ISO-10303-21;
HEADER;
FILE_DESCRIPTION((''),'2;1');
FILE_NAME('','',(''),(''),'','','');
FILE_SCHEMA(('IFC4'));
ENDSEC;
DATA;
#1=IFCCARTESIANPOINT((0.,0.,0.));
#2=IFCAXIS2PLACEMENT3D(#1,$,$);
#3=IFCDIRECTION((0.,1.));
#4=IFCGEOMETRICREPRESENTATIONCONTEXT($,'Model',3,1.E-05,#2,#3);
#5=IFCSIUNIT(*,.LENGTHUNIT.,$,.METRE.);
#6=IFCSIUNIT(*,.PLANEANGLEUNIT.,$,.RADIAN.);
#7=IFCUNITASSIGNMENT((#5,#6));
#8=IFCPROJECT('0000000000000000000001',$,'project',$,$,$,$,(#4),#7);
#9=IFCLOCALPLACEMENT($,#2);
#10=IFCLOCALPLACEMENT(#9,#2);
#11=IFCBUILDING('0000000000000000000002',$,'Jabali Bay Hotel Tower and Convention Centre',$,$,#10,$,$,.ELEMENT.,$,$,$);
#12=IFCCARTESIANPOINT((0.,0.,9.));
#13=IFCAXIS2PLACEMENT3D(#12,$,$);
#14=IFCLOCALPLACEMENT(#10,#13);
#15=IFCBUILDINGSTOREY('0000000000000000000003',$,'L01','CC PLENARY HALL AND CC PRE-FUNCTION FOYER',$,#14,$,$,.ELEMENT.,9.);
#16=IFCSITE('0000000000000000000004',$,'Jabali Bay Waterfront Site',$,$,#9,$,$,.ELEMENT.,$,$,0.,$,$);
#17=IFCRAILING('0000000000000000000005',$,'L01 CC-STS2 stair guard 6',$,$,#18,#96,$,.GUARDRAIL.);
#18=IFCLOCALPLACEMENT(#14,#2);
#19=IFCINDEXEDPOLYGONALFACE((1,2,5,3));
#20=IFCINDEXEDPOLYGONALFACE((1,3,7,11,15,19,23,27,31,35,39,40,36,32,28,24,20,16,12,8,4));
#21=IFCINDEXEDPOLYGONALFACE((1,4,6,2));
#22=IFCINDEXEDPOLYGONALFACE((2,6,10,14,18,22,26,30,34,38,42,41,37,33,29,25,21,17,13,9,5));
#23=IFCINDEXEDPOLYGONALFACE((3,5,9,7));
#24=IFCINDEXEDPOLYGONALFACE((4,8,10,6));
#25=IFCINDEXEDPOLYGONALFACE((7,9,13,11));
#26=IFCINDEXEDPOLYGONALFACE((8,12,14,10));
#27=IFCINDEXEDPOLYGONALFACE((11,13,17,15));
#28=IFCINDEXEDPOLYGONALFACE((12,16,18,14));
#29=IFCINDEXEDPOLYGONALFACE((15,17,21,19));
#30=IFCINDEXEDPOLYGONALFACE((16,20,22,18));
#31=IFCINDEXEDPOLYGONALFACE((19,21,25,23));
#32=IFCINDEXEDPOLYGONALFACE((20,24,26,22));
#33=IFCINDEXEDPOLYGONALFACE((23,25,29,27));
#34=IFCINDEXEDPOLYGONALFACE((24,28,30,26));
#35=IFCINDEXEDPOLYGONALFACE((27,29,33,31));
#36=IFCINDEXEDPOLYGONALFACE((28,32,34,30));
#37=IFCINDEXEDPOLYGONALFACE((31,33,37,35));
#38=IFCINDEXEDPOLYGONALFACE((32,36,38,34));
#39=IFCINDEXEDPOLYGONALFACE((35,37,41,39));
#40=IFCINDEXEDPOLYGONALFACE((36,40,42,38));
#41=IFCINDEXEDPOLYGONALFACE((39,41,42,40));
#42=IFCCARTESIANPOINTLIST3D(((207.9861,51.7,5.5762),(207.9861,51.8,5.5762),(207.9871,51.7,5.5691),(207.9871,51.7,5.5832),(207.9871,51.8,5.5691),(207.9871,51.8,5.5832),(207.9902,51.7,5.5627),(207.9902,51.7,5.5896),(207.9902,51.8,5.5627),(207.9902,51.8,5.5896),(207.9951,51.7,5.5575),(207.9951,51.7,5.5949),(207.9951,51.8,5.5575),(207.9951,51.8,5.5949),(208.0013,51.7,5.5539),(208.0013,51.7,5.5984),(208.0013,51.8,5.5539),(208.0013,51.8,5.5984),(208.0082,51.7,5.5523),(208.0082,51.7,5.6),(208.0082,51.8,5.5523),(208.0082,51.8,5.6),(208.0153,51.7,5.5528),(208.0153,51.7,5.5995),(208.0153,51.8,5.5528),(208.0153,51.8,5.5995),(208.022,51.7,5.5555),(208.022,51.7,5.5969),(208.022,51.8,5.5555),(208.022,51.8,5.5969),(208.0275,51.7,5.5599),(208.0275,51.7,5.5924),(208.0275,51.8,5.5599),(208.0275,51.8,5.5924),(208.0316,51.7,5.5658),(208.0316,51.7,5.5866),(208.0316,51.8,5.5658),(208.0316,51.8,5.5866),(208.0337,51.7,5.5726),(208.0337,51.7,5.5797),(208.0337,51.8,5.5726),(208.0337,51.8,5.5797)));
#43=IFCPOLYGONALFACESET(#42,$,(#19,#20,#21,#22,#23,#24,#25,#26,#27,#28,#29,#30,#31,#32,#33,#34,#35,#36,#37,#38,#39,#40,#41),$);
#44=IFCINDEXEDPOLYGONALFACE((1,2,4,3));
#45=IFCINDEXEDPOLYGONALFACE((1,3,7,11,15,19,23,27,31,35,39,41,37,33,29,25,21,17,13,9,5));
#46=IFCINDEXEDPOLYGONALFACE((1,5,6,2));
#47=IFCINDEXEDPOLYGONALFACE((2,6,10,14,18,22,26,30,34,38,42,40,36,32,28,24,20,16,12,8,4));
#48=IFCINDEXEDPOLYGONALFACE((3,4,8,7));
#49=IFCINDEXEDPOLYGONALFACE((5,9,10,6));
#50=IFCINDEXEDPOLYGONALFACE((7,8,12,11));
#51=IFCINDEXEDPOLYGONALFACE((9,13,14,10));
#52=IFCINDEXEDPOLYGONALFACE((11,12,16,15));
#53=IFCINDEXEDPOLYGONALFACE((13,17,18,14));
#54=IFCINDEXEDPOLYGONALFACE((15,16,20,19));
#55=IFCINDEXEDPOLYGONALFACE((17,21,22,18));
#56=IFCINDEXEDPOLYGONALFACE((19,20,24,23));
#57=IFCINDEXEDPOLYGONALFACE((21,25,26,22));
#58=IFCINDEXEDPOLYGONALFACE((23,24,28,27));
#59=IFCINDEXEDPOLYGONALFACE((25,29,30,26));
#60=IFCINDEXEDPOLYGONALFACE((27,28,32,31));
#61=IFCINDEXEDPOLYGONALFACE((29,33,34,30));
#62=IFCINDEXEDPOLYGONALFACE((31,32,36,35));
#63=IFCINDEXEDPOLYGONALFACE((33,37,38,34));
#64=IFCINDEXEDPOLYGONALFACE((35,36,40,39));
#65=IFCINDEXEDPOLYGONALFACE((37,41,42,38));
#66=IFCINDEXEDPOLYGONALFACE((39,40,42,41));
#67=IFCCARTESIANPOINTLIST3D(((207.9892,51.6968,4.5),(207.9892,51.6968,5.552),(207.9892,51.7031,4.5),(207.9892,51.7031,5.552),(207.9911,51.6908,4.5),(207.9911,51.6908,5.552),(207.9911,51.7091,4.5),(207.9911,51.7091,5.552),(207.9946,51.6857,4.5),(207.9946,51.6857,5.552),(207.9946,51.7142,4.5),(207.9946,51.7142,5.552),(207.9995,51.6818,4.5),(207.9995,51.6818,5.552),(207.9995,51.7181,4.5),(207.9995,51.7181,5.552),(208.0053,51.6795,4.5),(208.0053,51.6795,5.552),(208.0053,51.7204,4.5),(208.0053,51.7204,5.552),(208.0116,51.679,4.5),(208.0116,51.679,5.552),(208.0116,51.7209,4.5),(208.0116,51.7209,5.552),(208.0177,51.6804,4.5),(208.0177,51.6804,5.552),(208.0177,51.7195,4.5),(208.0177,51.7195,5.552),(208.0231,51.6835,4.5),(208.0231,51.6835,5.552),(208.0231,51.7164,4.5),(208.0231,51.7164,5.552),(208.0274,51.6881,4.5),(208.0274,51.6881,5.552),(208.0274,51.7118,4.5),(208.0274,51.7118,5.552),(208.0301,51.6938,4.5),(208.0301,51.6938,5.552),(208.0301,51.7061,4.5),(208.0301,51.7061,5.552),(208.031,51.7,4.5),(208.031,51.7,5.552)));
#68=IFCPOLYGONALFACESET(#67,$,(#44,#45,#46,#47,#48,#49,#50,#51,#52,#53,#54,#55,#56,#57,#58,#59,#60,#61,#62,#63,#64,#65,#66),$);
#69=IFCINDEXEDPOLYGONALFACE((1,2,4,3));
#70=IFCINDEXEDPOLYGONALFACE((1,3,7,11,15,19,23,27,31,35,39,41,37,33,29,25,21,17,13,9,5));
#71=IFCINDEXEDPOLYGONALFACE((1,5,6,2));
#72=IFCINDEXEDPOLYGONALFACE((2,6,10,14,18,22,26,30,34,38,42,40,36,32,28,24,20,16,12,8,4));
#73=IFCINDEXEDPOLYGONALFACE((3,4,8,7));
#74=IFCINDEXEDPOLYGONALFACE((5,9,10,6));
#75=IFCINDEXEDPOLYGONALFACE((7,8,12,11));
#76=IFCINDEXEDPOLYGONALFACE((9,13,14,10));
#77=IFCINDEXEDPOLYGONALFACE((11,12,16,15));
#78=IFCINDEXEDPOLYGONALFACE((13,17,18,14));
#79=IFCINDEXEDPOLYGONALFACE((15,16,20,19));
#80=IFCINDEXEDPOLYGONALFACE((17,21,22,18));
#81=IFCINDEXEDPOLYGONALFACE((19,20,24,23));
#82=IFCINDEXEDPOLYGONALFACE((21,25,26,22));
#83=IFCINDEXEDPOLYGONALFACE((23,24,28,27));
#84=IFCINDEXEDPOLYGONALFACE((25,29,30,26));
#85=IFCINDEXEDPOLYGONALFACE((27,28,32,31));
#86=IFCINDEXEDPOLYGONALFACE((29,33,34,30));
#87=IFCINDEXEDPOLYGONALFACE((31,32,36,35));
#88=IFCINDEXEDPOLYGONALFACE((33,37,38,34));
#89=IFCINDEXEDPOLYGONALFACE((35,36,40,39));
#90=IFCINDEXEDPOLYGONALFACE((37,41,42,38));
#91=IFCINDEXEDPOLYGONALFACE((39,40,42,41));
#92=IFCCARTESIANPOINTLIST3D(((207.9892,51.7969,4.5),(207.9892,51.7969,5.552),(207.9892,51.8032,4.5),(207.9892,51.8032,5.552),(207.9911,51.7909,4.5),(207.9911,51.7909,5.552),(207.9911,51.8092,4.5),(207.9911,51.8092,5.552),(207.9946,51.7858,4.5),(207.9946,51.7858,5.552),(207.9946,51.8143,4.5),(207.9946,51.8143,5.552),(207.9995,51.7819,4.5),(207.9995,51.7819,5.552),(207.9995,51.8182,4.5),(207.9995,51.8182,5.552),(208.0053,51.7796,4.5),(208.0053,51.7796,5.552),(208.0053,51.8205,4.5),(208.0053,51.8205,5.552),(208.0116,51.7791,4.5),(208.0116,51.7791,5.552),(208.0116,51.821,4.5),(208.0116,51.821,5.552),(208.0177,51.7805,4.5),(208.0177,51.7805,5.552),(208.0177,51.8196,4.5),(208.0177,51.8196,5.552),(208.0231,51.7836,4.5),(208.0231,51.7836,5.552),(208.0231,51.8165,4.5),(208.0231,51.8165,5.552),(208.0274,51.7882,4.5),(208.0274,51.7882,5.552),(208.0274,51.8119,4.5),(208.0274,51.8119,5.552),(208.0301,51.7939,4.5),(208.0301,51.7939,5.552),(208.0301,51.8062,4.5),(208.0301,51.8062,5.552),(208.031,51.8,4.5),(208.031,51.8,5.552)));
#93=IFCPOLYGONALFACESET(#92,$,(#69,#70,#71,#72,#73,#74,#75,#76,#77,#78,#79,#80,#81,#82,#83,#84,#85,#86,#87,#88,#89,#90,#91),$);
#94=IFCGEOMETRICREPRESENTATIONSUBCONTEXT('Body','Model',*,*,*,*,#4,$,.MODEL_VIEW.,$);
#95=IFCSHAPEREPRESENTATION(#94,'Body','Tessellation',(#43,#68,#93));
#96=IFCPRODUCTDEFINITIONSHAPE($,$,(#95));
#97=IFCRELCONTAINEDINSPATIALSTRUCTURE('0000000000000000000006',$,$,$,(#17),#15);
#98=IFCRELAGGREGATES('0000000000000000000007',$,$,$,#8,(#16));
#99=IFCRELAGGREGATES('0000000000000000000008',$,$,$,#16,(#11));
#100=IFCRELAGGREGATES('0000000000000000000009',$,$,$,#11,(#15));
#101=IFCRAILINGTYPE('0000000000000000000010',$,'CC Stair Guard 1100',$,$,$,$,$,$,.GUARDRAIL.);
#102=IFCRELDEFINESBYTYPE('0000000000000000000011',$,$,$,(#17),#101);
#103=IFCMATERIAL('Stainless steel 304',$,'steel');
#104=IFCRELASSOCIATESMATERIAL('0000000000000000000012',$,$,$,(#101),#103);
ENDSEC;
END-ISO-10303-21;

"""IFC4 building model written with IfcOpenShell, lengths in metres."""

from ifc_helpers import new_model, si_unit, direction, frame, origin, origin_2d, place, context, subcontext, project, spatial, circle, extrude, material, type_object, element, save


model = new_model("IFC4")

# Units and contexts
model_context = context("Model", 3, precision=1e-05, world=origin(), true_north=direction((0.0, 1.0)))
body_context = subcontext(model_context, "Body", "Model", "MODEL_VIEW")
ifc_project = project(units=[si_unit("LENGTHUNIT", "METRE"), si_unit("PLANEANGLEUNIT", "RADIAN")], contexts=[model_context])

# Site, building, storey
site_placement = place(None, origin())
site = spatial("IfcSite", under=ifc_project, at=site_placement, Name="Jabali Bay Waterfront Site", CompositionType="ELEMENT", RefElevation=0.0)
building_placement = place(site_placement, origin())
building = spatial("IfcBuilding", under=site, at=building_placement, Name="Jabali Bay Hotel Tower and Convention Centre", CompositionType="ELEMENT")
storey_placement = place(building_placement, frame((0.0, 0.0, 9.0)))
storey = spatial("IfcBuildingStorey", under=building, at=storey_placement, Name="L01", Description="CC PLENARY HALL AND CC PRE-FUNCTION FOYER", CompositionType="ELEMENT", Elevation=9.0)

# Railing
ifc_material_1 = material(Name="Stainless steel 304", Category="steel")
railing_type_1 = type_object("IfcRailingType", Name="CC Stair Guard 1100", PredefinedType="GUARDRAIL", material=ifc_material_1)
railing_1_placement = place(storey_placement, frame((208.01, 51.7, 4.5)))
element("IfcRailing", 1, at=railing_1_placement, inside=storey, type_object=railing_type_1, Name="L01 CC-STS2 stair guard 6", PredefinedType="GUARDRAIL", context=body_context, shape_type="SweptSolid", body=[
    extrude(circle(Radius=0.0239, at=origin_2d()), frame((0.0, 0.0, 1.0762), z_axis=(0.0, 1.0, 0.0), x_axis=(-1.0, 0.0, 0.0)), (0.0, 0.0, 1.0), 0.1001),
    extrude(circle(Radius=0.021, at=origin_2d()), origin(), (0.0, 0.0, 1.0), 1.052),
    extrude(circle(Radius=0.021, at=origin_2d()), frame((0.0, 0.1001, 0.0)), (0.0, 0.0, 1.0), 1.052),
])

save(model, "model.ifc")
